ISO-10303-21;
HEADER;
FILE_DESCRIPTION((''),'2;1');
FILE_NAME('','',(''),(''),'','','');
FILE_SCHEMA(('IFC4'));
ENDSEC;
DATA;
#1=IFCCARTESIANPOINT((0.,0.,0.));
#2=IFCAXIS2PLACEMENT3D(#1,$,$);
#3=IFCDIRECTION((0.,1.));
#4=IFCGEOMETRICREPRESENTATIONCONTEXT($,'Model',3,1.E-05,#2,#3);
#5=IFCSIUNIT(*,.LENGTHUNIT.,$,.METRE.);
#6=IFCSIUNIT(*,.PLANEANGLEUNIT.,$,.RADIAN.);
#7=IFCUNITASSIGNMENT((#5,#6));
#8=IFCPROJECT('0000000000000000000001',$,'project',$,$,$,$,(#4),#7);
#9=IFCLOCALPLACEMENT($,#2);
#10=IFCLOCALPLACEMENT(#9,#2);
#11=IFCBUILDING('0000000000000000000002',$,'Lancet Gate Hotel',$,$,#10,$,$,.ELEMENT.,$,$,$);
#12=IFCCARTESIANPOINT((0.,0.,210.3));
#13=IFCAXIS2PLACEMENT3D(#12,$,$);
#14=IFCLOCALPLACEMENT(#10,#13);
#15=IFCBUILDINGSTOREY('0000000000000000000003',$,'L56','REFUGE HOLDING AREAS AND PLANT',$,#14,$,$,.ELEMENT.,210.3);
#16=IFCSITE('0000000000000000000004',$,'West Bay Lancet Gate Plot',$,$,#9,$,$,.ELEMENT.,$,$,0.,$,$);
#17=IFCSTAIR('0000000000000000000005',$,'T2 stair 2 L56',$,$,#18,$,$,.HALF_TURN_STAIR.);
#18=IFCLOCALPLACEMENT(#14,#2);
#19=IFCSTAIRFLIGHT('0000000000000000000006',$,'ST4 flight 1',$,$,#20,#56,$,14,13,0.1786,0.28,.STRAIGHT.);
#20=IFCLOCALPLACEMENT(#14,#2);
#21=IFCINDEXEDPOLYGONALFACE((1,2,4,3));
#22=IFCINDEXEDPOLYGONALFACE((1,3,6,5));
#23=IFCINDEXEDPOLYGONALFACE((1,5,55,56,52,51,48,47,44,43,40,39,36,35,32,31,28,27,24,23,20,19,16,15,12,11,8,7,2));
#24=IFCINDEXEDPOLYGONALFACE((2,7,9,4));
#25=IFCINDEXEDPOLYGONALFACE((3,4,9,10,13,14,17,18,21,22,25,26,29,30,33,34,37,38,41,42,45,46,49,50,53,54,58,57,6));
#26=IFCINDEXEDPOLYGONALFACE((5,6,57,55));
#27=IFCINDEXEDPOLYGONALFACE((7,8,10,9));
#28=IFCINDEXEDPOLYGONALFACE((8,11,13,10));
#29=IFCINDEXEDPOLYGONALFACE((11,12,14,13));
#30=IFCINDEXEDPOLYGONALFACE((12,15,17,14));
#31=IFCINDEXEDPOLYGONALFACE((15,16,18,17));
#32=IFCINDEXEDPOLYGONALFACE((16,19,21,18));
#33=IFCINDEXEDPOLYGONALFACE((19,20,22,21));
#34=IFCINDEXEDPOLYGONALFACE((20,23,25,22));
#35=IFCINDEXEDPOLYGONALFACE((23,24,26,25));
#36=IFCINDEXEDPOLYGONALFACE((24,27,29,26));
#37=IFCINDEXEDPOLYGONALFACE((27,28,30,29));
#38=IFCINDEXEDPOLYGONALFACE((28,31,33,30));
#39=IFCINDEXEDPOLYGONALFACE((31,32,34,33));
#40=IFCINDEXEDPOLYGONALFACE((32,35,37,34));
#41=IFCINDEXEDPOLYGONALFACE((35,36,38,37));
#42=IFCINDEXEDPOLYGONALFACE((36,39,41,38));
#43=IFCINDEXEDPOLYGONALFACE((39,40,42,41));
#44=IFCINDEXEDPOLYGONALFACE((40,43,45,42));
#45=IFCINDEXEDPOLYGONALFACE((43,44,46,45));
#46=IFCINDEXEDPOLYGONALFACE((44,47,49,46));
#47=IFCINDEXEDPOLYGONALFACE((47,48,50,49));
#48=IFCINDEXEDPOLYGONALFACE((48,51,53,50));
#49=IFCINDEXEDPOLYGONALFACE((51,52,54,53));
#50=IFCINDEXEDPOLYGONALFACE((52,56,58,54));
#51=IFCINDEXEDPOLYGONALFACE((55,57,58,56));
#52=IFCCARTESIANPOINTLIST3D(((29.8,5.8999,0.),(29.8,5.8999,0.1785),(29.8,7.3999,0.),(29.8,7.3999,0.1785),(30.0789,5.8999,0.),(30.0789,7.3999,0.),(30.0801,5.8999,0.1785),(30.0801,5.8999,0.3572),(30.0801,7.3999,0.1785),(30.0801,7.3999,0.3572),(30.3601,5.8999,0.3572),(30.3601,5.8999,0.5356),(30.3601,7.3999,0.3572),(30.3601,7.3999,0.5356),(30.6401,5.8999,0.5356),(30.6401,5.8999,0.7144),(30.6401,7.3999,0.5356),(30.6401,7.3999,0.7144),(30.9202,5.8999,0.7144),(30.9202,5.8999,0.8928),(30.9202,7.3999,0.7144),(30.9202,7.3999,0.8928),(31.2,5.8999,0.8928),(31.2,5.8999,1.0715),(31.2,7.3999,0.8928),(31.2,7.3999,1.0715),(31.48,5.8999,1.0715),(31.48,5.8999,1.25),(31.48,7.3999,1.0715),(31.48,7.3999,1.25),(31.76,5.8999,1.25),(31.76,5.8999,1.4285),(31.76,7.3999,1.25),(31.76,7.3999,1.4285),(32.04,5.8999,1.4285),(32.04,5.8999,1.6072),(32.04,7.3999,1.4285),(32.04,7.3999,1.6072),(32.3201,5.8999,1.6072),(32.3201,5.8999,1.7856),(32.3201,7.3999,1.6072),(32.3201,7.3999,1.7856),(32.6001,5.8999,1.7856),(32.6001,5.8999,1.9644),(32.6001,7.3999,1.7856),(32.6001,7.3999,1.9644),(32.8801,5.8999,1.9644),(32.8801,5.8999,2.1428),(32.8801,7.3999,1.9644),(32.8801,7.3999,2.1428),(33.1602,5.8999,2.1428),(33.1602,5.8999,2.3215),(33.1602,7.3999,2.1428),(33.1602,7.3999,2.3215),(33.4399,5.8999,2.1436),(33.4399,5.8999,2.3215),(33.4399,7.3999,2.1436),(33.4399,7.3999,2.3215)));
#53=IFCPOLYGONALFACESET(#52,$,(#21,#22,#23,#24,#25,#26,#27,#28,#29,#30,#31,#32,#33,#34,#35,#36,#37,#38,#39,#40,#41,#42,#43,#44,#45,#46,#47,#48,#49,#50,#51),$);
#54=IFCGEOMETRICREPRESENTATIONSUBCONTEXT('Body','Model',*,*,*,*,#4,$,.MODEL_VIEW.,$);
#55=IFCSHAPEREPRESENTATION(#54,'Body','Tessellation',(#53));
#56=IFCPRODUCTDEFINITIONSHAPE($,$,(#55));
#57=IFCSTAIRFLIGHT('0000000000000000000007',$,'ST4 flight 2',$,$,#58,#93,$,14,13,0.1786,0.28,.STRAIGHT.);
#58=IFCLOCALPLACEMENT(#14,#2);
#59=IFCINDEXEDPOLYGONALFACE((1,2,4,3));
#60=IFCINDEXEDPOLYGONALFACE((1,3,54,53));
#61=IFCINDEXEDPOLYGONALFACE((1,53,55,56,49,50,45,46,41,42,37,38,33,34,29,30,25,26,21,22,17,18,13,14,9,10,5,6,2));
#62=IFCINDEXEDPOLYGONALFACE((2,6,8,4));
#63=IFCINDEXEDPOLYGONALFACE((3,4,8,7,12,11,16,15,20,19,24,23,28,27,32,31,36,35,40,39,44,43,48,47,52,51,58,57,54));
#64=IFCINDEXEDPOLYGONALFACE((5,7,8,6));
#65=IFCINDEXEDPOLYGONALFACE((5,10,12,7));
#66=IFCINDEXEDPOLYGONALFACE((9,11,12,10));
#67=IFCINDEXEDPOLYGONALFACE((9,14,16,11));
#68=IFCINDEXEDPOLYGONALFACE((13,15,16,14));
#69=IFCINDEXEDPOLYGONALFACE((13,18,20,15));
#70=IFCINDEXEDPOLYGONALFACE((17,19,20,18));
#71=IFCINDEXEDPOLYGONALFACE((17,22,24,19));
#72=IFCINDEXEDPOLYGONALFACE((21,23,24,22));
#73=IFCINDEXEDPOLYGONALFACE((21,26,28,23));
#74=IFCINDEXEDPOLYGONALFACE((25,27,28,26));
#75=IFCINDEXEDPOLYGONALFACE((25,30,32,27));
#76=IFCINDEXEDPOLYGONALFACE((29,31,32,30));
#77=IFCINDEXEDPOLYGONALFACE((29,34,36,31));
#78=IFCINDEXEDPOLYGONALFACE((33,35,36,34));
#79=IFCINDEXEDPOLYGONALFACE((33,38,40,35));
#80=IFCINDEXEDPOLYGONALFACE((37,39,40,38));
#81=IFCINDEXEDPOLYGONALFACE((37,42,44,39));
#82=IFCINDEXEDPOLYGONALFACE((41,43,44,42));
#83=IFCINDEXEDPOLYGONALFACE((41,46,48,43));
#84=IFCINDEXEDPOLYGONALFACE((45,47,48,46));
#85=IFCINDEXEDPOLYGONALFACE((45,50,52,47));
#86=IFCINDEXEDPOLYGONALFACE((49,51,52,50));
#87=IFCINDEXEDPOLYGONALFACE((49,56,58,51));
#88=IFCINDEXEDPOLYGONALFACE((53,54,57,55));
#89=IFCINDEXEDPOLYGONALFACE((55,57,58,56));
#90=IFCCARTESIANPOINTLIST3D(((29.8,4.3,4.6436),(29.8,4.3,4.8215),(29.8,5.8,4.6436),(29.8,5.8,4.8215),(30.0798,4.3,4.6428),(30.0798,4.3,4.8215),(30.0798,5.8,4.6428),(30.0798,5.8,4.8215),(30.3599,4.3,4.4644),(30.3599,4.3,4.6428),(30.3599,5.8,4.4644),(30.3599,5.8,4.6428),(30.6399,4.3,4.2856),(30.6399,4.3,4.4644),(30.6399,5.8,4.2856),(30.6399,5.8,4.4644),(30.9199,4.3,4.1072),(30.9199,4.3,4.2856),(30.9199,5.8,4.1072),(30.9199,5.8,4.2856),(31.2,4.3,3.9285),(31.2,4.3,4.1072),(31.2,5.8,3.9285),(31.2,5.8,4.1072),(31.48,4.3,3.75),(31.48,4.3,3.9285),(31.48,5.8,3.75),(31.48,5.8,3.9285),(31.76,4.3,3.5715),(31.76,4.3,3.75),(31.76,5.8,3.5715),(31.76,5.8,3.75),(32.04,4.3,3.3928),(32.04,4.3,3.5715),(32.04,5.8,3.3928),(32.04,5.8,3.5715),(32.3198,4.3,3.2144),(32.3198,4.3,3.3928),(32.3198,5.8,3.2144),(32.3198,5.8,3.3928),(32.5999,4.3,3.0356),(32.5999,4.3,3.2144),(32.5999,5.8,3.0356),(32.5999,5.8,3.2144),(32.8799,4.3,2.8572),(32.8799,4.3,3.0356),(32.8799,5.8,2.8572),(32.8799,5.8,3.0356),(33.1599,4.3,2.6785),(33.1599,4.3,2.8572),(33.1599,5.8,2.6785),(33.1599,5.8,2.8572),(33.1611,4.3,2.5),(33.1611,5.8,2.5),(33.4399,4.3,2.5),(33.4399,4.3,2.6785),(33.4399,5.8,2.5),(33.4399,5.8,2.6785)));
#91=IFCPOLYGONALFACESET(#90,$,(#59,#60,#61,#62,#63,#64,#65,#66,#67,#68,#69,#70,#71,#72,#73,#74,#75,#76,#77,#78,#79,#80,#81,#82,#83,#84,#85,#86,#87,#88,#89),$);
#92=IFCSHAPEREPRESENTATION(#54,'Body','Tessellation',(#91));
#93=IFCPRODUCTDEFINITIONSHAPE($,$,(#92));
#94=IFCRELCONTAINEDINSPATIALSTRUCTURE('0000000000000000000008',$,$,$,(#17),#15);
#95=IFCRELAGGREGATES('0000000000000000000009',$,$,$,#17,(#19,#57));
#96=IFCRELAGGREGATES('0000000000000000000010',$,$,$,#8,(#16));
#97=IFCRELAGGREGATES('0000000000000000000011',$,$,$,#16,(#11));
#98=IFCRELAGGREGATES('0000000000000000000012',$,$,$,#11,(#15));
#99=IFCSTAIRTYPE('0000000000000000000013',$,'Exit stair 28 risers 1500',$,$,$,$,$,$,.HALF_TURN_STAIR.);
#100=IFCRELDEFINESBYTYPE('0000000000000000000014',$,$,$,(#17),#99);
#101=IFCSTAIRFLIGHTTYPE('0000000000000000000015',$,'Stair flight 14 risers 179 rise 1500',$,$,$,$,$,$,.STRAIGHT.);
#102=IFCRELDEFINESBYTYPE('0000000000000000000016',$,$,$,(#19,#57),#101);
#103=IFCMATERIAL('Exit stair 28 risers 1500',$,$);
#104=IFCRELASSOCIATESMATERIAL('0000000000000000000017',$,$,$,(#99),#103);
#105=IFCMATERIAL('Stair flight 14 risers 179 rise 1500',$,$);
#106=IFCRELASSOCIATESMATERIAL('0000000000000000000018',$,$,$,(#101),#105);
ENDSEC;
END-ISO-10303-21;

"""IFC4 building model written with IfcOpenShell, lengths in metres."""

from ifc_helpers import new_model, si_unit, direction, frame, origin, place, context, subcontext, project, spatial, polyline, outline, extrude, material, type_object, element, aggregate, save


model = new_model("IFC4")

# Units and contexts
model_context = context("Model", 3, precision=1e-05, world=origin(), true_north=direction((0.0, 1.0)))
body_context = subcontext(model_context, "Body", "Model", "MODEL_VIEW")
ifc_project = project(units=[si_unit("LENGTHUNIT", "METRE"), si_unit("PLANEANGLEUNIT", "RADIAN")], contexts=[model_context])

# Site, building, storey
site_placement = place(None, origin())
site = spatial("IfcSite", under=ifc_project, at=site_placement, Name="West Bay Lancet Gate Plot", CompositionType="ELEMENT", RefElevation=0.0)
building_placement = place(site_placement, origin())
building = spatial("IfcBuilding", under=site, at=building_placement, Name="Lancet Gate Hotel", CompositionType="ELEMENT")
storey_placement = place(building_placement, frame((0.0, 0.0, 210.3)))
storey = spatial("IfcBuildingStorey", under=building, at=storey_placement, Name="L56", Description="REFUGE HOLDING AREAS AND PLANT", CompositionType="ELEMENT", Elevation=210.3)

# Stair, stair flights
ifc_material_1 = material(Name="Exit stair 28 risers 1500")
stair_type = type_object("IfcStairType", Name="Exit stair 28 risers 1500", PredefinedType="HALF_TURN_STAIR", material=ifc_material_1)
stair_placement = place(storey_placement, origin())
stair = element("IfcStair", 1, at=stair_placement, inside=storey, type_object=stair_type, Name="T2 stair 2 L56", PredefinedType="HALF_TURN_STAIR")
ifc_material_2 = material(Name="Stair flight 14 risers 179 rise 1500")
stair_flight_type = type_object("IfcStairFlightType", Name="Stair flight 14 risers 179 rise 1500", PredefinedType="STRAIGHT", material=ifc_material_2)
stair_flight_1_placement = place(storey_placement, frame((29.8, 6.6499, 0.0), z_axis=(0.0, 0.0, 1.0), x_axis=(1.0, 0.0, 0.0)))
stair_flight_1 = element("IfcStairFlight", 2, at=stair_flight_1_placement, type_object=stair_flight_type, Name="ST4 flight 1", NumberOfRisers=14, NumberOfTreads=13, PredefinedType="STRAIGHT", RiserHeight=0.1786, TreadLength=0.28, context=body_context, shape_type="SweptSolid", body=[
    extrude(outline(polyline([(0.0, 0.0), (0.0, 0.1785), (0.28, 0.1785), (0.28, 0.3572), (0.5601, 0.3572), (0.5601, 0.5356), (0.8401, 0.5356), (0.8401, 0.7144), (1.1201, 0.7144), (1.1201, 0.8928), (1.3999, 0.8928), (1.3999, 1.0715), (1.6799, 1.0715), (1.6799, 1.25), (1.96, 1.25), (1.96, 1.4285), (2.24, 1.4285), (2.24, 1.6072), (2.52, 1.6072), (2.52, 1.7856), (2.8, 1.7856), (2.8, 1.9644), (3.0801, 1.9644), (3.0801, 2.1428), (3.3601, 2.1428), (3.3601, 2.3215), (3.6399, 2.3215), (3.6399, 2.5), (3.6399, 2.1436), (0.2788, 0.0), (0.0, 0.0)])), frame((0.0, 0.75, 0.0), z_axis=(0.0, -1.0, 0.0), x_axis=(1.0, 0.0, 0.0)), (0.0, 0.0, 1.0), 1.5),
])
stair_flight_2_placement = place(storey_placement, frame((33.4399, 5.05, 2.5), z_axis=(0.0, 0.0, 1.0), x_axis=(-1.0, 0.0, 0.0)))
stair_flight_2 = element("IfcStairFlight", 3, at=stair_flight_2_placement, type_object=stair_flight_type, Name="ST4 flight 2", NumberOfRisers=14, NumberOfTreads=13, PredefinedType="STRAIGHT", RiserHeight=0.1786, TreadLength=0.28, context=body_context, shape_type="SweptSolid", body=[
    extrude(outline(polyline([(0.0, 0.0), (0.0, 0.1785), (0.28, 0.1785), (0.28, 0.3572), (0.5601, 0.3572), (0.5601, 0.5356), (0.8401, 0.5356), (0.8401, 0.7144), (1.1201, 0.7144), (1.1201, 0.8928), (1.3999, 0.8928), (1.3999, 1.0715), (1.6799, 1.0715), (1.6799, 1.25), (1.96, 1.25), (1.96, 1.4285), (2.24, 1.4285), (2.24, 1.6072), (2.52, 1.6072), (2.52, 1.7856), (2.8, 1.7856), (2.8, 1.9644), (3.0801, 1.9644), (3.0801, 2.1428), (3.3601, 2.1428), (3.3601, 2.3215), (3.6399, 2.3215), (3.6399, 2.5), (3.6399, 2.1436), (0.2788, 0.0), (0.0, 0.0)])), frame((0.0, 0.75, 0.0), z_axis=(0.0, -1.0, 0.0), x_axis=(1.0, 0.0, 0.0)), (0.0, 0.0, 1.0), 1.5),
])
aggregate(stair, [stair_flight_1, stair_flight_2])

save(model, "model.ifc")
